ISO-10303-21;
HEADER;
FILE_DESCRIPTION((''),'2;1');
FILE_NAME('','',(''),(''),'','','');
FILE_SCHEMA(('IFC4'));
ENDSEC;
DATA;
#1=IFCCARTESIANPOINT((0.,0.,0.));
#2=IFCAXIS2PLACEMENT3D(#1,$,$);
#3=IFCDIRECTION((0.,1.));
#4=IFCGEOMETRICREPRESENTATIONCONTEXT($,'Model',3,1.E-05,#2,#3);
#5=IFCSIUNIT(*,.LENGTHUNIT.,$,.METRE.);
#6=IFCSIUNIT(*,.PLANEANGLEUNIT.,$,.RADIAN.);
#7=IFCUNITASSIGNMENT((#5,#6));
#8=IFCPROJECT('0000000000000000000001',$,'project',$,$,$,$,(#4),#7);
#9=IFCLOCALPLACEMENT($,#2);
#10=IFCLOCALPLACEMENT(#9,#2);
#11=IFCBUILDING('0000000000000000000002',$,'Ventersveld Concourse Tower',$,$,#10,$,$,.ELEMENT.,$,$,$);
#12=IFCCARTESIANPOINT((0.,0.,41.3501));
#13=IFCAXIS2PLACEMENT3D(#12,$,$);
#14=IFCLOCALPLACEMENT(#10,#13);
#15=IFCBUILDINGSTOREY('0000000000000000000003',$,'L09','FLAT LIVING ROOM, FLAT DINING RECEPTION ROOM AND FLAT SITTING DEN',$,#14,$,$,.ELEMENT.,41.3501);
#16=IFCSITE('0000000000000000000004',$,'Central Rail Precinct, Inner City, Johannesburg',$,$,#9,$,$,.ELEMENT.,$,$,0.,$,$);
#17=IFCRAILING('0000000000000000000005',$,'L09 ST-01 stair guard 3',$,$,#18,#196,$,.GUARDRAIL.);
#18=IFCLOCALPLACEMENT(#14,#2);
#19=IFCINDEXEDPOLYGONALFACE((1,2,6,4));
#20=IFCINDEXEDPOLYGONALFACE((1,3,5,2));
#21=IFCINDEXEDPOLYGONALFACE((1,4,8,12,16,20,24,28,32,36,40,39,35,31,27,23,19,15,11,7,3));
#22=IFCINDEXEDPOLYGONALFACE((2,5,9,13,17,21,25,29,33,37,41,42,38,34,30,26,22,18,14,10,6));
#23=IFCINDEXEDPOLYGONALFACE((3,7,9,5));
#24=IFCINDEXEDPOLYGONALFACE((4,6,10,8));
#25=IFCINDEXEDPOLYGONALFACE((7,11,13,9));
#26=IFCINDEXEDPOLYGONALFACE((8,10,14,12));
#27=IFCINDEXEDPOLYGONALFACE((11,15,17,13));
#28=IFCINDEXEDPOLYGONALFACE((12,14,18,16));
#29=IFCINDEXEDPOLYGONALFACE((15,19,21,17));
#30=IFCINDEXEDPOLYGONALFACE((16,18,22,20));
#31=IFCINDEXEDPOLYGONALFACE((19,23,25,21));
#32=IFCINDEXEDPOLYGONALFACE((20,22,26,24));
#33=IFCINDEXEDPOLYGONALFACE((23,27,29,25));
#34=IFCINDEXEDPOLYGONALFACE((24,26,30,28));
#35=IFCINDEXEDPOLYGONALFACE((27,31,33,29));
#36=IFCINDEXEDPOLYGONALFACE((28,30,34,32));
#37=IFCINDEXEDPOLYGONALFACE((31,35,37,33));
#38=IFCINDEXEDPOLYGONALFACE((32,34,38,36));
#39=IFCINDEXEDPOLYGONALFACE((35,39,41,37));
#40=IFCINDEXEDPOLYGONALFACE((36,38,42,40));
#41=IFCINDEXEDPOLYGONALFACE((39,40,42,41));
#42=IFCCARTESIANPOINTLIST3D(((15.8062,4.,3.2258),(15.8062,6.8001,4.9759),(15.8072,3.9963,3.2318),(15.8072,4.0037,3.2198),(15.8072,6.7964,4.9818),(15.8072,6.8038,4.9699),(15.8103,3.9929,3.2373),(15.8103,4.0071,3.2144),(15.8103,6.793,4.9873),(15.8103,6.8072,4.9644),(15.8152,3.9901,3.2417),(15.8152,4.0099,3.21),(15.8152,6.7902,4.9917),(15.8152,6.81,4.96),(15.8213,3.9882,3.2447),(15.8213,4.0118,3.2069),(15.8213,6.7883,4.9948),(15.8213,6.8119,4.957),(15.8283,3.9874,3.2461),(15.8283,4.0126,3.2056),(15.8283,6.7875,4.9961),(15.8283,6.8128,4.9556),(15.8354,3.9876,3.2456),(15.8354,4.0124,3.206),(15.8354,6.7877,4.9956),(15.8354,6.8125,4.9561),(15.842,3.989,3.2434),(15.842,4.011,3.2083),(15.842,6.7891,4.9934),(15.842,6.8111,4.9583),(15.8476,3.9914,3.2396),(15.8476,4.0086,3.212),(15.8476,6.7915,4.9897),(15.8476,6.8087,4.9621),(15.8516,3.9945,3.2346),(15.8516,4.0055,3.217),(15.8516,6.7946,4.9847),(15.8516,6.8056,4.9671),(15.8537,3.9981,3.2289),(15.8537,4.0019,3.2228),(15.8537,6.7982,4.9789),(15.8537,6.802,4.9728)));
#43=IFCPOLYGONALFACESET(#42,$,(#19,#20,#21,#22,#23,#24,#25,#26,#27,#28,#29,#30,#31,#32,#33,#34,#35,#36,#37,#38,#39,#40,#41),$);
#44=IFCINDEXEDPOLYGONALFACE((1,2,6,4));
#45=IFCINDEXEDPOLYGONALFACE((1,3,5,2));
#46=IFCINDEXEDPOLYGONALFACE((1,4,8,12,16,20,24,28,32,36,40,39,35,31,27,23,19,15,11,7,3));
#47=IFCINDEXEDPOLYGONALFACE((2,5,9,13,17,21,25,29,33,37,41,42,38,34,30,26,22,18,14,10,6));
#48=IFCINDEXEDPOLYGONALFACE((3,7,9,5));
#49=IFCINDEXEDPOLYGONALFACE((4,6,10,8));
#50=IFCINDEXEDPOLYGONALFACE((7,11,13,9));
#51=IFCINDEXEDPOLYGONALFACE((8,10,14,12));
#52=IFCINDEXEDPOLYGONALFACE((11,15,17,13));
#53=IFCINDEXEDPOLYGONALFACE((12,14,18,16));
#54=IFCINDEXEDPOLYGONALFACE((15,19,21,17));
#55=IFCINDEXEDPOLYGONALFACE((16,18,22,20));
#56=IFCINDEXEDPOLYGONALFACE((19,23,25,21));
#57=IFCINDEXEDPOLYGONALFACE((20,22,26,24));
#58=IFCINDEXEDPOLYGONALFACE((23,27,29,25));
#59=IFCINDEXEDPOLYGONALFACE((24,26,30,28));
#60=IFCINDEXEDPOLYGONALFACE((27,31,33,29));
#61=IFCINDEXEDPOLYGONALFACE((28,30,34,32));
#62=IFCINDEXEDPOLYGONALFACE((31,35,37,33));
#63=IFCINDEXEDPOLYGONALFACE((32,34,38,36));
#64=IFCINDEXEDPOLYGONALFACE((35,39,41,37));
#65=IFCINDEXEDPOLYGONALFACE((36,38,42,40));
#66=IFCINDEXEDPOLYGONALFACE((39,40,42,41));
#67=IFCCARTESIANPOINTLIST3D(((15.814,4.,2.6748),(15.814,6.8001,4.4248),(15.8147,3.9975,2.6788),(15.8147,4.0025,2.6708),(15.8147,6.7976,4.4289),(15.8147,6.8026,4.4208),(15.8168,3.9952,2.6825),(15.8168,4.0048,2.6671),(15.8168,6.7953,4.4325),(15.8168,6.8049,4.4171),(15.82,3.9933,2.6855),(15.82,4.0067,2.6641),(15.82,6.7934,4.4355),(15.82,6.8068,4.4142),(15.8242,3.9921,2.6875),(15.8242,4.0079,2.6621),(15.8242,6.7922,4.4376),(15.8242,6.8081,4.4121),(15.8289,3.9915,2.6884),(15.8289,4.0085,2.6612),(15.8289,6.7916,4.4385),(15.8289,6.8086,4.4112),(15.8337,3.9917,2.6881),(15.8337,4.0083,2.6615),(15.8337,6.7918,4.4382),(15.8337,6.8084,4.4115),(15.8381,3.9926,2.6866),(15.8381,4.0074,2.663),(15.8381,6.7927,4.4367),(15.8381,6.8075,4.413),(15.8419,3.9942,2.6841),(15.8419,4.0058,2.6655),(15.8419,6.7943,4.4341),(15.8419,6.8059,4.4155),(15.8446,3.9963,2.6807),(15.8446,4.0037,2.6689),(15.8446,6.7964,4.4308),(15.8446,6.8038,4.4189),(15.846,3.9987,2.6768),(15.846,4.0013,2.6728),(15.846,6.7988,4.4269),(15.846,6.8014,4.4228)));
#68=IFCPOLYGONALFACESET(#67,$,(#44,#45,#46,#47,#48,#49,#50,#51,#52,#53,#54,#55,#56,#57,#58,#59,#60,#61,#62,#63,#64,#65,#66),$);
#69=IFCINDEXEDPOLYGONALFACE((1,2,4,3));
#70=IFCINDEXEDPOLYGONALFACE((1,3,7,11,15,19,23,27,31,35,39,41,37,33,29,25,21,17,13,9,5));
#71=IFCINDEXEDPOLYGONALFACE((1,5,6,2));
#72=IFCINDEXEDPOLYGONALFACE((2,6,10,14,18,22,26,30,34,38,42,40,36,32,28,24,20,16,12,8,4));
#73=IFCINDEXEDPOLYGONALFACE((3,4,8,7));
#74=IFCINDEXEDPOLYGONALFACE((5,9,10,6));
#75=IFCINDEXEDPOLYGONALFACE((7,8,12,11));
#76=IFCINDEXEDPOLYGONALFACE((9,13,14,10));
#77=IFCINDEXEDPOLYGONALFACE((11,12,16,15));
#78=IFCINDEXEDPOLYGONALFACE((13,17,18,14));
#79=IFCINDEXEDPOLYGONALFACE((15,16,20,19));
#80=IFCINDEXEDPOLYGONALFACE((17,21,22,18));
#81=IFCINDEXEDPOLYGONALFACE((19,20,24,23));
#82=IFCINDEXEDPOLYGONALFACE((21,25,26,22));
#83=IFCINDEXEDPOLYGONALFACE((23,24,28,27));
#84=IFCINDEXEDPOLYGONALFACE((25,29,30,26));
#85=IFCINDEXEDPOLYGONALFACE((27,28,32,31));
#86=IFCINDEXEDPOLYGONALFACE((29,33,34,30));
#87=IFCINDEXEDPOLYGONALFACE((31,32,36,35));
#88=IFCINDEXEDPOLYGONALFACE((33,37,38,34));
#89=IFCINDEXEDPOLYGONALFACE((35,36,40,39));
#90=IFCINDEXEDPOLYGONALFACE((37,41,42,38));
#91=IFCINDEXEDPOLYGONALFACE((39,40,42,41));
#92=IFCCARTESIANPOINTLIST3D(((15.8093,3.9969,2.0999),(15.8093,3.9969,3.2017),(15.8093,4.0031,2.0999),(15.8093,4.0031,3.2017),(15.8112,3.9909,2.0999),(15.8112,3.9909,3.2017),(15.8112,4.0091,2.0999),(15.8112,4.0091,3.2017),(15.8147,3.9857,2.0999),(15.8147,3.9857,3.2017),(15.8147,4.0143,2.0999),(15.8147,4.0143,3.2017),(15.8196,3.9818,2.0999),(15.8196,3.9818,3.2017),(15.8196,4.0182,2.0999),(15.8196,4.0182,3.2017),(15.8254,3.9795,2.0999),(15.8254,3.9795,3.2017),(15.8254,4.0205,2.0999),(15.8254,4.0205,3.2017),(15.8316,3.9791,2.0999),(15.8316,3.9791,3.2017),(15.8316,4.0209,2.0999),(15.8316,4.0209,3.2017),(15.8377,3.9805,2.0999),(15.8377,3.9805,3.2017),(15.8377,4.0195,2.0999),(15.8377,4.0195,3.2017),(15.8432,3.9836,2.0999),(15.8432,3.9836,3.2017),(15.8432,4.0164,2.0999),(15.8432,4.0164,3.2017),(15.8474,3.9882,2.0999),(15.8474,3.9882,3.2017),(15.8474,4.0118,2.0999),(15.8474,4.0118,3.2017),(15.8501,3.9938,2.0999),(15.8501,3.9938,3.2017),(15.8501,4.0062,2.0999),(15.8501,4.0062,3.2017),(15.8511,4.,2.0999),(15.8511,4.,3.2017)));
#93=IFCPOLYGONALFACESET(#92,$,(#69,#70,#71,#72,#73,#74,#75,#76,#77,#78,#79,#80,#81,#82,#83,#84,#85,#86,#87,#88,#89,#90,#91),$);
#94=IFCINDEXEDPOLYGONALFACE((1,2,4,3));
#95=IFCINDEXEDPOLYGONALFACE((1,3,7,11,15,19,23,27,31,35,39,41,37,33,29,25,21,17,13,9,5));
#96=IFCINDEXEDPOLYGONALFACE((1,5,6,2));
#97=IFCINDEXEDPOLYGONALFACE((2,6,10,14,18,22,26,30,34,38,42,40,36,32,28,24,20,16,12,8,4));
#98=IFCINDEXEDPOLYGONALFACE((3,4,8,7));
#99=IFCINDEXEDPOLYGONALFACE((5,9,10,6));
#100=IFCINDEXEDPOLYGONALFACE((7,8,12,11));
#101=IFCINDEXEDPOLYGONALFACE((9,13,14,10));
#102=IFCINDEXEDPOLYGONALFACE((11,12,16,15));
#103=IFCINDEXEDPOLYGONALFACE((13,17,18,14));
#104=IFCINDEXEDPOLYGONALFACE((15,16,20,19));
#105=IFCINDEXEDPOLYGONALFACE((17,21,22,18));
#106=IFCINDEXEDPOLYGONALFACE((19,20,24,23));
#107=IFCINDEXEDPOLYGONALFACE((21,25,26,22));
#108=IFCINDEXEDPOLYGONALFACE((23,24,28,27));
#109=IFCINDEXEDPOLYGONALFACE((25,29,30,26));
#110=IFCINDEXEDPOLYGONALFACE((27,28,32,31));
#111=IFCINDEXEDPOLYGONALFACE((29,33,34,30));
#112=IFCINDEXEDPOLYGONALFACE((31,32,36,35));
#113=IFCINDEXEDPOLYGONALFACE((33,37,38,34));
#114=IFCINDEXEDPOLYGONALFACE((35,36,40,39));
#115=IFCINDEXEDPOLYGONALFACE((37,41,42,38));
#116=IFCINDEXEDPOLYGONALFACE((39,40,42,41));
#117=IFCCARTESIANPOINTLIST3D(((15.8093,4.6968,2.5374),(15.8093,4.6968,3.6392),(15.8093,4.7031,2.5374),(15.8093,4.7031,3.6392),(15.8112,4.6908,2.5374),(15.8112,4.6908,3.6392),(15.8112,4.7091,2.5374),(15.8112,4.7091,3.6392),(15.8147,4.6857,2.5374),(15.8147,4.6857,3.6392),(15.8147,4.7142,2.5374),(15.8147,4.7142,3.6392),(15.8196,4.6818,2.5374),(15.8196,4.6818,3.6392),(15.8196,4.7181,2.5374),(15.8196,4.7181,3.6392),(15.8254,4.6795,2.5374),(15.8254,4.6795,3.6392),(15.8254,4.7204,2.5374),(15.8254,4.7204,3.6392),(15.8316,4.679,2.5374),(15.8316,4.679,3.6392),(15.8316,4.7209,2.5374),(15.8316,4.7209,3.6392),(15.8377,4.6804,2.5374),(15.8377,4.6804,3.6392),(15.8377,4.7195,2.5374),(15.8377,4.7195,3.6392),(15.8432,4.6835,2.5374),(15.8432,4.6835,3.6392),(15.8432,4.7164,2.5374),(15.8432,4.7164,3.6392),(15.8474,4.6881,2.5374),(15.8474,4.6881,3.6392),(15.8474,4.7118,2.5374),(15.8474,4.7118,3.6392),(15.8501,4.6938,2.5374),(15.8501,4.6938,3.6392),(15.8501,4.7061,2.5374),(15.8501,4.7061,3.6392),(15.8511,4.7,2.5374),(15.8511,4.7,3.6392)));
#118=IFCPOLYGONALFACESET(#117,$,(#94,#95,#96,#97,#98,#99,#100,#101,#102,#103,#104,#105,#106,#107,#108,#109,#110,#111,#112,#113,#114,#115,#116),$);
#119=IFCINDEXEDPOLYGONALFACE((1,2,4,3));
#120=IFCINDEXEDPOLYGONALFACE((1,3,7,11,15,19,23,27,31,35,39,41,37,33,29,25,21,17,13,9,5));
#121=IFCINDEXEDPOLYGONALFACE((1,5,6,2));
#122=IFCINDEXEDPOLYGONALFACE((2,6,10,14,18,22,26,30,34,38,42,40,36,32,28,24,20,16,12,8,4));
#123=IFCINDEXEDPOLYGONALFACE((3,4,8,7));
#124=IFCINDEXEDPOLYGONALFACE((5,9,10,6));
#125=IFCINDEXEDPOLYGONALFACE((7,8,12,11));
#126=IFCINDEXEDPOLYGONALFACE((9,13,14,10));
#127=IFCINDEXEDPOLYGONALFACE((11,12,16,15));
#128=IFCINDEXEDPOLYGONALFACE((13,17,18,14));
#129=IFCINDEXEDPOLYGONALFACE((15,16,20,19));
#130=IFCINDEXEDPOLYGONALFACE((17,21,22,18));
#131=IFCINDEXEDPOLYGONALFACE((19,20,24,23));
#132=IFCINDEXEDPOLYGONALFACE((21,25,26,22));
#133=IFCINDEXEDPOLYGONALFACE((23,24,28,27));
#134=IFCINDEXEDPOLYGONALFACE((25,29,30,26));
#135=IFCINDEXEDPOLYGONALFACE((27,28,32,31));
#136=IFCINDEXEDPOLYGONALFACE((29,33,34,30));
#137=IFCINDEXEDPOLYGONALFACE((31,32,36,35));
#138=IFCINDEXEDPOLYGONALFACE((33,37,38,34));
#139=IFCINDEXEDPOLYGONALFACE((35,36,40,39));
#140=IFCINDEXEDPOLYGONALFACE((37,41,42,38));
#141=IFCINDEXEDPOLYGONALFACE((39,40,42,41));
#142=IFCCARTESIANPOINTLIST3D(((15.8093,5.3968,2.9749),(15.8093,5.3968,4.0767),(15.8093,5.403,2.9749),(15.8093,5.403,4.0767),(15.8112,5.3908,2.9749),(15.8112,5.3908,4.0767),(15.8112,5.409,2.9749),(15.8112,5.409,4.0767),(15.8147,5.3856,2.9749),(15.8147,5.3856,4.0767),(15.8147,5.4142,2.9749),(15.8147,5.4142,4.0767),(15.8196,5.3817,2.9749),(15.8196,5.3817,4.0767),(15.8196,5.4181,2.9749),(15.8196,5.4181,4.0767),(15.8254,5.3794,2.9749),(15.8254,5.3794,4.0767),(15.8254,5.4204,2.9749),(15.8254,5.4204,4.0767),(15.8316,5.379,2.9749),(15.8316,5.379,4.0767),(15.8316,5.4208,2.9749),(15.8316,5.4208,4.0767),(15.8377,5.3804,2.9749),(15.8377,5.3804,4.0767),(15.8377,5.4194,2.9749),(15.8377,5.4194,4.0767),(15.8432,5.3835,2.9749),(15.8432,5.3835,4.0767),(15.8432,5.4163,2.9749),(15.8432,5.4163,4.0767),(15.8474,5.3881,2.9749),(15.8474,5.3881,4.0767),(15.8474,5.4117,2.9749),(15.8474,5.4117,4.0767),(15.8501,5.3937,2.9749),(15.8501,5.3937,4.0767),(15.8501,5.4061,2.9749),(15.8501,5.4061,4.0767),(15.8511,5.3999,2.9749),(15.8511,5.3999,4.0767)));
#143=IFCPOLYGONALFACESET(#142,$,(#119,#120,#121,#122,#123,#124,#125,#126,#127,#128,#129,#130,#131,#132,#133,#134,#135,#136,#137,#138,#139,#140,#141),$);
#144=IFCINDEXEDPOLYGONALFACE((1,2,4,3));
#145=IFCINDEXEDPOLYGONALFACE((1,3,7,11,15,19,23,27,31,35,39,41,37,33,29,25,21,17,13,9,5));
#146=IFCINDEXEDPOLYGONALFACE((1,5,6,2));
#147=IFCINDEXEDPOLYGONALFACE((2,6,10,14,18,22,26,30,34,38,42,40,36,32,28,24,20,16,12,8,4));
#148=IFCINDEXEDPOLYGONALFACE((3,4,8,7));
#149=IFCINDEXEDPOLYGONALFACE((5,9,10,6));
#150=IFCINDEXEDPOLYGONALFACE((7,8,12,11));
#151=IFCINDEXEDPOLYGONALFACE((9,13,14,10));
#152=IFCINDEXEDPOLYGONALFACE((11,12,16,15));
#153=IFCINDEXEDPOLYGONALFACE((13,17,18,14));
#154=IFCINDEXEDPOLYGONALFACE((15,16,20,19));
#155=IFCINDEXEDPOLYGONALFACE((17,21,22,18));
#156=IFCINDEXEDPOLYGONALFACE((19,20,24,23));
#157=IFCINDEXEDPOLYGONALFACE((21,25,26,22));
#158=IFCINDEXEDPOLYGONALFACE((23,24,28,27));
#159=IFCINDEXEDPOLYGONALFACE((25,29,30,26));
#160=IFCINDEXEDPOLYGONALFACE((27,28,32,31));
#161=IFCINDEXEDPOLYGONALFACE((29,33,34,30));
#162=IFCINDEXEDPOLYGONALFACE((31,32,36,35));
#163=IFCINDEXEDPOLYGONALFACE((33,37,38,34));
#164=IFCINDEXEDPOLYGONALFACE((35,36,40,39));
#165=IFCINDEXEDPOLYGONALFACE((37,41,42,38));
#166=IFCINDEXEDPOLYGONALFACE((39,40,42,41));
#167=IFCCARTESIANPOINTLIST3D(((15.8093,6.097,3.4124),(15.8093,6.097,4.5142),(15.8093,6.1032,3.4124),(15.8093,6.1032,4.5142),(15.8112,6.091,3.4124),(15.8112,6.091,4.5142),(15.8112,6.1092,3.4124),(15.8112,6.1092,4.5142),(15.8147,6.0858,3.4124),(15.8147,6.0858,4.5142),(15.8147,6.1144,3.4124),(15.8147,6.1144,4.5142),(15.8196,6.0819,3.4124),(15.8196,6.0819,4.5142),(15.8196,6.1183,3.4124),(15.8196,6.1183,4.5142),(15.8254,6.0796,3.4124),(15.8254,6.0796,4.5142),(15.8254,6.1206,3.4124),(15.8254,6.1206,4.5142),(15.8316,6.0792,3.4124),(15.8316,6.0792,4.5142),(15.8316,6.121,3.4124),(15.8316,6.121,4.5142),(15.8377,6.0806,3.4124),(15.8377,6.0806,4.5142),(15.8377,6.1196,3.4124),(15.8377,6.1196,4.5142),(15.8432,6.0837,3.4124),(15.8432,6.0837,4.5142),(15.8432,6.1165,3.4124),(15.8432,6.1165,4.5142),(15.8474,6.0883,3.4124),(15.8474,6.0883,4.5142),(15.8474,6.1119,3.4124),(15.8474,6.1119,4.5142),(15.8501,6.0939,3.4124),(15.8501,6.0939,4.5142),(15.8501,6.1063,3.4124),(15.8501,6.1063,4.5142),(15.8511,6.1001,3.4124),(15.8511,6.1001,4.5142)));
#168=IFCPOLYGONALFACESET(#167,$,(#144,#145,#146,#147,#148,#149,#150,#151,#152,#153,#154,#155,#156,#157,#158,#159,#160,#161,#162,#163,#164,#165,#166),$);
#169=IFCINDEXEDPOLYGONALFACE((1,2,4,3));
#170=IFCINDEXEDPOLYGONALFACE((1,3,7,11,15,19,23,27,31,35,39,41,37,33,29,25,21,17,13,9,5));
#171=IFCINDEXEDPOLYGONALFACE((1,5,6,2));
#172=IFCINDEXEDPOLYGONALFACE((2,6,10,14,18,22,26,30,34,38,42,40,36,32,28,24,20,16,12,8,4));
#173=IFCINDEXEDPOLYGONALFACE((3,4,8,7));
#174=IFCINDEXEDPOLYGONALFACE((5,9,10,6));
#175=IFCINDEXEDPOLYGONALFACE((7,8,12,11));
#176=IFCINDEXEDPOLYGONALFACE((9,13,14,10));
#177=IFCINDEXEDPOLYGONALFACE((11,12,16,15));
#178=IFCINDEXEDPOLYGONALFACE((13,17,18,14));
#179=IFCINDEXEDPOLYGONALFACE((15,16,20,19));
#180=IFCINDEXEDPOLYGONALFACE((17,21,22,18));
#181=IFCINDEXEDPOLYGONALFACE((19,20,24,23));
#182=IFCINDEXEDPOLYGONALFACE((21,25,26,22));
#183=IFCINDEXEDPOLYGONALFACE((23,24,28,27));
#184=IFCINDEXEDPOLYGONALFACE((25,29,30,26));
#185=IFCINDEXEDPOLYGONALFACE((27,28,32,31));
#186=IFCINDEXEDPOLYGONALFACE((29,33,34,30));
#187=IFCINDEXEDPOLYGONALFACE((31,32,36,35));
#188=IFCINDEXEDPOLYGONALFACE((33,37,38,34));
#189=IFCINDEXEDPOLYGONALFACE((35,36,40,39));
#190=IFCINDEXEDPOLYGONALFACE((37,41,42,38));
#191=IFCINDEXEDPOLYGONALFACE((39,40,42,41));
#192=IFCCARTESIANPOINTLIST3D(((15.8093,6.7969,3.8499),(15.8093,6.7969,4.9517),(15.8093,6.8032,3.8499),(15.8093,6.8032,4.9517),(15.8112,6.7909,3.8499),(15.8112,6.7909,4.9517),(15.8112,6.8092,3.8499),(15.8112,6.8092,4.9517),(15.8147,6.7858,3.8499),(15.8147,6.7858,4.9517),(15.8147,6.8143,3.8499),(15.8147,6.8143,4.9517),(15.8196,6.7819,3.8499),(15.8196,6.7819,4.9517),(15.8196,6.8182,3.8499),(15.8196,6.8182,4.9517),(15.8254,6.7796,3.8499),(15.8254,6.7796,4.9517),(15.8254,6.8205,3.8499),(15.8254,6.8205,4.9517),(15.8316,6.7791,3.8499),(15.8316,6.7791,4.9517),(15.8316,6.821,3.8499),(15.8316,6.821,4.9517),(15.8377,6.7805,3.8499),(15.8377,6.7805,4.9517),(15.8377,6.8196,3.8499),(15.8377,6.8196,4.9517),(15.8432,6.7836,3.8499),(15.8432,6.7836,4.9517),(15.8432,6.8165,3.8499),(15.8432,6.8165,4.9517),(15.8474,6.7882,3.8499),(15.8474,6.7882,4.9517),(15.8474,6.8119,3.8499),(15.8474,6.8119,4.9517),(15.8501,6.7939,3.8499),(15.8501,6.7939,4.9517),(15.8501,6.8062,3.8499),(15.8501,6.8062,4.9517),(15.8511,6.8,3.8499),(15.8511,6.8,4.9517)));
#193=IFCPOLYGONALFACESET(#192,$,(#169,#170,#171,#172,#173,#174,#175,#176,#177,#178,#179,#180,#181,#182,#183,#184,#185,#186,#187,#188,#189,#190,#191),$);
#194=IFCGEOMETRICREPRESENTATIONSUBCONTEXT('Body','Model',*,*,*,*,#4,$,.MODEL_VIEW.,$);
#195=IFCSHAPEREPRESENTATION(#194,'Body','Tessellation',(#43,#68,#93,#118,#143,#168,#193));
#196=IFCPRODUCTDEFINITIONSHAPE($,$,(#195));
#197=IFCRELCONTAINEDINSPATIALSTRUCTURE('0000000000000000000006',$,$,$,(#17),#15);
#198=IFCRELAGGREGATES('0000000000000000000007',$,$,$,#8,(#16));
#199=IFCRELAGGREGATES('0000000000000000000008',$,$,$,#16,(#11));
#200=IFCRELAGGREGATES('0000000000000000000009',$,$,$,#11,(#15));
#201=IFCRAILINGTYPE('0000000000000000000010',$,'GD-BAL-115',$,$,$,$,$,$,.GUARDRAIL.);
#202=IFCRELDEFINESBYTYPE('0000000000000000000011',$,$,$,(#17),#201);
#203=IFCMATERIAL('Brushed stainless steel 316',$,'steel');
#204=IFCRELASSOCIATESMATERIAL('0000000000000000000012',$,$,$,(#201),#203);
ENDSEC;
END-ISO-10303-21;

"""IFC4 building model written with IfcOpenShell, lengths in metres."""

from ifc_helpers import new_model, si_unit, direction, frame, origin, origin_2d, place, context, subcontext, project, spatial, circle, extrude, material, type_object, element, save


model = new_model("IFC4")

# Units and contexts
model_context = context("Model", 3, precision=1e-05, world=origin(), true_north=direction((0.0, 1.0)))
body_context = subcontext(model_context, "Body", "Model", "MODEL_VIEW")
ifc_project = project(units=[si_unit("LENGTHUNIT", "METRE"), si_unit("PLANEANGLEUNIT", "RADIAN")], contexts=[model_context])

# Site, building, storey
site_placement = place(None, origin())
site = spatial("IfcSite", under=ifc_project, at=site_placement, Name="Central Rail Precinct, Inner City, Johannesburg", CompositionType="ELEMENT", RefElevation=0.0)
building_placement = place(site_placement, origin())
building = spatial("IfcBuilding", under=site, at=building_placement, Name="Ventersveld Concourse Tower", CompositionType="ELEMENT")
storey_placement = place(building_placement, frame((0.0, 0.0, 41.3501)))
storey = spatial("IfcBuildingStorey", under=building, at=storey_placement, Name="L09", Description="FLAT LIVING ROOM, FLAT DINING RECEPTION ROOM AND FLAT SITTING DEN", CompositionType="ELEMENT", Elevation=41.3501)

# Shared definitions
ifc_material_1 = material(Name="Brushed stainless steel 316", Category="steel")

# Railing
railing_type_1 = type_object("IfcRailingType", Name="GD-BAL-115", PredefinedType="GUARDRAIL", material=ifc_material_1)
railing_1_placement = place(storey_placement, frame((15.8301, 4.0, 2.0999)))
element("IfcRailing", 1, at=railing_1_placement, inside=storey, type_object=railing_type_1, Name="L09 ST-01 stair guard 3", PredefinedType="GUARDRAIL", context=body_context, shape_type="SweptSolid", body=[
    extrude(circle(Radius=0.0239, at=origin_2d()), frame((0.0, 0.0, 1.126), z_axis=(0.0, 0.848002, 0.529992), x_axis=(-1.0, 0.0, 0.0)), (0.0, 0.0, 1.0), 3.302),
    extrude(circle(Radius=0.0161, at=origin_2d()), frame((0.0, 0.0, 0.575), z_axis=(0.0, 0.848002, 0.529992), x_axis=(-1.0, 0.0, 0.0)), (0.0, 0.0, 1.0), 3.302),
    extrude(circle(Radius=0.021, at=origin_2d()), origin(), (0.0, 0.0, 1.0), 1.1018),
    extrude(circle(Radius=0.021, at=origin_2d()), frame((0.0, 0.7, 0.4375)), (0.0, 0.0, 1.0), 1.1018),
    extrude(circle(Radius=0.021, at=origin_2d()), frame((0.0, 1.3999, 0.875)), (0.0, 0.0, 1.0), 1.1018),
    extrude(circle(Radius=0.021, at=origin_2d()), frame((0.0, 2.1001, 1.3125)), (0.0, 0.0, 1.0), 1.1018),
    extrude(circle(Radius=0.021, at=origin_2d()), frame((0.0, 2.8, 1.75)), (0.0, 0.0, 1.0), 1.1018),
])

save(model, "model.ifc")
